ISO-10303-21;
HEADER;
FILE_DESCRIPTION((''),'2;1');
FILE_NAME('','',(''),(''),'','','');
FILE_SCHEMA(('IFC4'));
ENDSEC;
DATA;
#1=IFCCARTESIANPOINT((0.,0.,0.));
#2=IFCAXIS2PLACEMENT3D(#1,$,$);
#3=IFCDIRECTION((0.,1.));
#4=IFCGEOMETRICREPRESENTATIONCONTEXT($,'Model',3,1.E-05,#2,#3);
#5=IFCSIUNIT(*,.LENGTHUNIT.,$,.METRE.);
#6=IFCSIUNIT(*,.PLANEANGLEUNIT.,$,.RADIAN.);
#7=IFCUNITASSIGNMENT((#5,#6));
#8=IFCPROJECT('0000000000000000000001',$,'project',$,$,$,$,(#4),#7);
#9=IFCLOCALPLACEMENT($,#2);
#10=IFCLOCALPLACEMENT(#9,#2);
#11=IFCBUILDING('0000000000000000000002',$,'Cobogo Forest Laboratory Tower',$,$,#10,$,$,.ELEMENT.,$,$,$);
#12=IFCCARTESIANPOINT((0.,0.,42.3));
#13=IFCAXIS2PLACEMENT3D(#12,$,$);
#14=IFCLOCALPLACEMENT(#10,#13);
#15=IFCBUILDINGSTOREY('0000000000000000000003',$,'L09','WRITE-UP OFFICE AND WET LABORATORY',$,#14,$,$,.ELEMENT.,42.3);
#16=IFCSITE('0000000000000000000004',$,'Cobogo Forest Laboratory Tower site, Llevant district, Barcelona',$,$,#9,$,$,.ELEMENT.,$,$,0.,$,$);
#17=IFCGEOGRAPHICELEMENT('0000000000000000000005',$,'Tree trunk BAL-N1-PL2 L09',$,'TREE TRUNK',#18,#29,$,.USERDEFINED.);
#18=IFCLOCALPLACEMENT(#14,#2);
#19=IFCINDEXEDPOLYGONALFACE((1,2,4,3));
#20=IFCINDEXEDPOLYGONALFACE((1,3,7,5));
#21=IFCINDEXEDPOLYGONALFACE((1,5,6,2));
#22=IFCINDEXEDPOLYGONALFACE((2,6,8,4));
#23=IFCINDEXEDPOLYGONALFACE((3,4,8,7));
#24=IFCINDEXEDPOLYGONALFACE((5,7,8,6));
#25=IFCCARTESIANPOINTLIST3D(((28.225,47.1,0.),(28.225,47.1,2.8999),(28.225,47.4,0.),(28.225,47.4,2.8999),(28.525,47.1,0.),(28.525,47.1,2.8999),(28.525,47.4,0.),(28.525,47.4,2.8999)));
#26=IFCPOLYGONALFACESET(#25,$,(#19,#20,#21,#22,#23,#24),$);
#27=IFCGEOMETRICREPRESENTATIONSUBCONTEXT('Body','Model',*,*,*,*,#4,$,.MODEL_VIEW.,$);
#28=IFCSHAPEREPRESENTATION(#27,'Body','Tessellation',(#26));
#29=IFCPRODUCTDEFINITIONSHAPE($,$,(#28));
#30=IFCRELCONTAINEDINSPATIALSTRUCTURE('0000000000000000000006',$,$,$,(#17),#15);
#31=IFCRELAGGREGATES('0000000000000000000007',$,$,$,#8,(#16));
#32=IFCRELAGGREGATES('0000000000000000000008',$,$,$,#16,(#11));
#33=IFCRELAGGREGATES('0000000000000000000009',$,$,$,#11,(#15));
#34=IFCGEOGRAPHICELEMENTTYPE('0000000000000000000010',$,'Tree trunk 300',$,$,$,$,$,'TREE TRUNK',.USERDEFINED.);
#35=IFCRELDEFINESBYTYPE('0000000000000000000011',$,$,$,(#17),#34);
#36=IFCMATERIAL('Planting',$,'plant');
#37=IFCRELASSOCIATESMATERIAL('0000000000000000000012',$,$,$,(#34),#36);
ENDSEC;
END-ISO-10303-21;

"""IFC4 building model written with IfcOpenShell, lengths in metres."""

from ifc_helpers import new_model, si_unit, direction, frame, origin, origin_2d, place, context, subcontext, project, spatial, rectangle, extrude, material, type_object, element, save


model = new_model("IFC4")

# Units and contexts
model_context = context("Model", 3, precision=1e-05, world=origin(), true_north=direction((0.0, 1.0)))
body_context = subcontext(model_context, "Body", "Model", "MODEL_VIEW")
ifc_project = project(units=[si_unit("LENGTHUNIT", "METRE"), si_unit("PLANEANGLEUNIT", "RADIAN")], contexts=[model_context])

# Site, building, storey
site_placement = place(None, origin())
site = spatial("IfcSite", under=ifc_project, at=site_placement, Name="Cobogo Forest Laboratory Tower site, Llevant district, Barcelona", CompositionType="ELEMENT", RefElevation=0.0)
building_placement = place(site_placement, origin())
building = spatial("IfcBuilding", under=site, at=building_placement, Name="Cobogo Forest Laboratory Tower", CompositionType="ELEMENT")
storey_placement = place(building_placement, frame((0.0, 0.0, 42.3)))
storey = spatial("IfcBuildingStorey", under=building, at=storey_placement, Name="L09", Description="WRITE-UP OFFICE AND WET LABORATORY", CompositionType="ELEMENT", Elevation=42.3)

# Geographic element
ifc_material_1 = material(Name="Planting", Category="plant")
geographic_element_type = type_object("IfcGeographicElementType", Name="Tree trunk 300", ElementType="TREE TRUNK", PredefinedType="USERDEFINED", material=ifc_material_1)
for number, where, z_axis, x_axis, name in (
    (1, (28.375, 47.25, 0.0), (0.0, 0.0, 1.0), (1.0, 0.0, 0.0), "Tree trunk BAL-N1-PL2 L09"),
):
    element("IfcGeographicElement", number, at=place(storey_placement, frame(where, z_axis=z_axis, x_axis=x_axis)), inside=storey, type_object=geographic_element_type, Name=name, ObjectType="TREE TRUNK", PredefinedType="USERDEFINED", context=body_context, shape_type="SweptSolid", body=[
        extrude(rectangle(XDim=0.3, YDim=0.3, at=origin_2d()), origin(), (0.0, 0.0, 1.0), 2.8999),
    ])

save(model, "model.ifc")
